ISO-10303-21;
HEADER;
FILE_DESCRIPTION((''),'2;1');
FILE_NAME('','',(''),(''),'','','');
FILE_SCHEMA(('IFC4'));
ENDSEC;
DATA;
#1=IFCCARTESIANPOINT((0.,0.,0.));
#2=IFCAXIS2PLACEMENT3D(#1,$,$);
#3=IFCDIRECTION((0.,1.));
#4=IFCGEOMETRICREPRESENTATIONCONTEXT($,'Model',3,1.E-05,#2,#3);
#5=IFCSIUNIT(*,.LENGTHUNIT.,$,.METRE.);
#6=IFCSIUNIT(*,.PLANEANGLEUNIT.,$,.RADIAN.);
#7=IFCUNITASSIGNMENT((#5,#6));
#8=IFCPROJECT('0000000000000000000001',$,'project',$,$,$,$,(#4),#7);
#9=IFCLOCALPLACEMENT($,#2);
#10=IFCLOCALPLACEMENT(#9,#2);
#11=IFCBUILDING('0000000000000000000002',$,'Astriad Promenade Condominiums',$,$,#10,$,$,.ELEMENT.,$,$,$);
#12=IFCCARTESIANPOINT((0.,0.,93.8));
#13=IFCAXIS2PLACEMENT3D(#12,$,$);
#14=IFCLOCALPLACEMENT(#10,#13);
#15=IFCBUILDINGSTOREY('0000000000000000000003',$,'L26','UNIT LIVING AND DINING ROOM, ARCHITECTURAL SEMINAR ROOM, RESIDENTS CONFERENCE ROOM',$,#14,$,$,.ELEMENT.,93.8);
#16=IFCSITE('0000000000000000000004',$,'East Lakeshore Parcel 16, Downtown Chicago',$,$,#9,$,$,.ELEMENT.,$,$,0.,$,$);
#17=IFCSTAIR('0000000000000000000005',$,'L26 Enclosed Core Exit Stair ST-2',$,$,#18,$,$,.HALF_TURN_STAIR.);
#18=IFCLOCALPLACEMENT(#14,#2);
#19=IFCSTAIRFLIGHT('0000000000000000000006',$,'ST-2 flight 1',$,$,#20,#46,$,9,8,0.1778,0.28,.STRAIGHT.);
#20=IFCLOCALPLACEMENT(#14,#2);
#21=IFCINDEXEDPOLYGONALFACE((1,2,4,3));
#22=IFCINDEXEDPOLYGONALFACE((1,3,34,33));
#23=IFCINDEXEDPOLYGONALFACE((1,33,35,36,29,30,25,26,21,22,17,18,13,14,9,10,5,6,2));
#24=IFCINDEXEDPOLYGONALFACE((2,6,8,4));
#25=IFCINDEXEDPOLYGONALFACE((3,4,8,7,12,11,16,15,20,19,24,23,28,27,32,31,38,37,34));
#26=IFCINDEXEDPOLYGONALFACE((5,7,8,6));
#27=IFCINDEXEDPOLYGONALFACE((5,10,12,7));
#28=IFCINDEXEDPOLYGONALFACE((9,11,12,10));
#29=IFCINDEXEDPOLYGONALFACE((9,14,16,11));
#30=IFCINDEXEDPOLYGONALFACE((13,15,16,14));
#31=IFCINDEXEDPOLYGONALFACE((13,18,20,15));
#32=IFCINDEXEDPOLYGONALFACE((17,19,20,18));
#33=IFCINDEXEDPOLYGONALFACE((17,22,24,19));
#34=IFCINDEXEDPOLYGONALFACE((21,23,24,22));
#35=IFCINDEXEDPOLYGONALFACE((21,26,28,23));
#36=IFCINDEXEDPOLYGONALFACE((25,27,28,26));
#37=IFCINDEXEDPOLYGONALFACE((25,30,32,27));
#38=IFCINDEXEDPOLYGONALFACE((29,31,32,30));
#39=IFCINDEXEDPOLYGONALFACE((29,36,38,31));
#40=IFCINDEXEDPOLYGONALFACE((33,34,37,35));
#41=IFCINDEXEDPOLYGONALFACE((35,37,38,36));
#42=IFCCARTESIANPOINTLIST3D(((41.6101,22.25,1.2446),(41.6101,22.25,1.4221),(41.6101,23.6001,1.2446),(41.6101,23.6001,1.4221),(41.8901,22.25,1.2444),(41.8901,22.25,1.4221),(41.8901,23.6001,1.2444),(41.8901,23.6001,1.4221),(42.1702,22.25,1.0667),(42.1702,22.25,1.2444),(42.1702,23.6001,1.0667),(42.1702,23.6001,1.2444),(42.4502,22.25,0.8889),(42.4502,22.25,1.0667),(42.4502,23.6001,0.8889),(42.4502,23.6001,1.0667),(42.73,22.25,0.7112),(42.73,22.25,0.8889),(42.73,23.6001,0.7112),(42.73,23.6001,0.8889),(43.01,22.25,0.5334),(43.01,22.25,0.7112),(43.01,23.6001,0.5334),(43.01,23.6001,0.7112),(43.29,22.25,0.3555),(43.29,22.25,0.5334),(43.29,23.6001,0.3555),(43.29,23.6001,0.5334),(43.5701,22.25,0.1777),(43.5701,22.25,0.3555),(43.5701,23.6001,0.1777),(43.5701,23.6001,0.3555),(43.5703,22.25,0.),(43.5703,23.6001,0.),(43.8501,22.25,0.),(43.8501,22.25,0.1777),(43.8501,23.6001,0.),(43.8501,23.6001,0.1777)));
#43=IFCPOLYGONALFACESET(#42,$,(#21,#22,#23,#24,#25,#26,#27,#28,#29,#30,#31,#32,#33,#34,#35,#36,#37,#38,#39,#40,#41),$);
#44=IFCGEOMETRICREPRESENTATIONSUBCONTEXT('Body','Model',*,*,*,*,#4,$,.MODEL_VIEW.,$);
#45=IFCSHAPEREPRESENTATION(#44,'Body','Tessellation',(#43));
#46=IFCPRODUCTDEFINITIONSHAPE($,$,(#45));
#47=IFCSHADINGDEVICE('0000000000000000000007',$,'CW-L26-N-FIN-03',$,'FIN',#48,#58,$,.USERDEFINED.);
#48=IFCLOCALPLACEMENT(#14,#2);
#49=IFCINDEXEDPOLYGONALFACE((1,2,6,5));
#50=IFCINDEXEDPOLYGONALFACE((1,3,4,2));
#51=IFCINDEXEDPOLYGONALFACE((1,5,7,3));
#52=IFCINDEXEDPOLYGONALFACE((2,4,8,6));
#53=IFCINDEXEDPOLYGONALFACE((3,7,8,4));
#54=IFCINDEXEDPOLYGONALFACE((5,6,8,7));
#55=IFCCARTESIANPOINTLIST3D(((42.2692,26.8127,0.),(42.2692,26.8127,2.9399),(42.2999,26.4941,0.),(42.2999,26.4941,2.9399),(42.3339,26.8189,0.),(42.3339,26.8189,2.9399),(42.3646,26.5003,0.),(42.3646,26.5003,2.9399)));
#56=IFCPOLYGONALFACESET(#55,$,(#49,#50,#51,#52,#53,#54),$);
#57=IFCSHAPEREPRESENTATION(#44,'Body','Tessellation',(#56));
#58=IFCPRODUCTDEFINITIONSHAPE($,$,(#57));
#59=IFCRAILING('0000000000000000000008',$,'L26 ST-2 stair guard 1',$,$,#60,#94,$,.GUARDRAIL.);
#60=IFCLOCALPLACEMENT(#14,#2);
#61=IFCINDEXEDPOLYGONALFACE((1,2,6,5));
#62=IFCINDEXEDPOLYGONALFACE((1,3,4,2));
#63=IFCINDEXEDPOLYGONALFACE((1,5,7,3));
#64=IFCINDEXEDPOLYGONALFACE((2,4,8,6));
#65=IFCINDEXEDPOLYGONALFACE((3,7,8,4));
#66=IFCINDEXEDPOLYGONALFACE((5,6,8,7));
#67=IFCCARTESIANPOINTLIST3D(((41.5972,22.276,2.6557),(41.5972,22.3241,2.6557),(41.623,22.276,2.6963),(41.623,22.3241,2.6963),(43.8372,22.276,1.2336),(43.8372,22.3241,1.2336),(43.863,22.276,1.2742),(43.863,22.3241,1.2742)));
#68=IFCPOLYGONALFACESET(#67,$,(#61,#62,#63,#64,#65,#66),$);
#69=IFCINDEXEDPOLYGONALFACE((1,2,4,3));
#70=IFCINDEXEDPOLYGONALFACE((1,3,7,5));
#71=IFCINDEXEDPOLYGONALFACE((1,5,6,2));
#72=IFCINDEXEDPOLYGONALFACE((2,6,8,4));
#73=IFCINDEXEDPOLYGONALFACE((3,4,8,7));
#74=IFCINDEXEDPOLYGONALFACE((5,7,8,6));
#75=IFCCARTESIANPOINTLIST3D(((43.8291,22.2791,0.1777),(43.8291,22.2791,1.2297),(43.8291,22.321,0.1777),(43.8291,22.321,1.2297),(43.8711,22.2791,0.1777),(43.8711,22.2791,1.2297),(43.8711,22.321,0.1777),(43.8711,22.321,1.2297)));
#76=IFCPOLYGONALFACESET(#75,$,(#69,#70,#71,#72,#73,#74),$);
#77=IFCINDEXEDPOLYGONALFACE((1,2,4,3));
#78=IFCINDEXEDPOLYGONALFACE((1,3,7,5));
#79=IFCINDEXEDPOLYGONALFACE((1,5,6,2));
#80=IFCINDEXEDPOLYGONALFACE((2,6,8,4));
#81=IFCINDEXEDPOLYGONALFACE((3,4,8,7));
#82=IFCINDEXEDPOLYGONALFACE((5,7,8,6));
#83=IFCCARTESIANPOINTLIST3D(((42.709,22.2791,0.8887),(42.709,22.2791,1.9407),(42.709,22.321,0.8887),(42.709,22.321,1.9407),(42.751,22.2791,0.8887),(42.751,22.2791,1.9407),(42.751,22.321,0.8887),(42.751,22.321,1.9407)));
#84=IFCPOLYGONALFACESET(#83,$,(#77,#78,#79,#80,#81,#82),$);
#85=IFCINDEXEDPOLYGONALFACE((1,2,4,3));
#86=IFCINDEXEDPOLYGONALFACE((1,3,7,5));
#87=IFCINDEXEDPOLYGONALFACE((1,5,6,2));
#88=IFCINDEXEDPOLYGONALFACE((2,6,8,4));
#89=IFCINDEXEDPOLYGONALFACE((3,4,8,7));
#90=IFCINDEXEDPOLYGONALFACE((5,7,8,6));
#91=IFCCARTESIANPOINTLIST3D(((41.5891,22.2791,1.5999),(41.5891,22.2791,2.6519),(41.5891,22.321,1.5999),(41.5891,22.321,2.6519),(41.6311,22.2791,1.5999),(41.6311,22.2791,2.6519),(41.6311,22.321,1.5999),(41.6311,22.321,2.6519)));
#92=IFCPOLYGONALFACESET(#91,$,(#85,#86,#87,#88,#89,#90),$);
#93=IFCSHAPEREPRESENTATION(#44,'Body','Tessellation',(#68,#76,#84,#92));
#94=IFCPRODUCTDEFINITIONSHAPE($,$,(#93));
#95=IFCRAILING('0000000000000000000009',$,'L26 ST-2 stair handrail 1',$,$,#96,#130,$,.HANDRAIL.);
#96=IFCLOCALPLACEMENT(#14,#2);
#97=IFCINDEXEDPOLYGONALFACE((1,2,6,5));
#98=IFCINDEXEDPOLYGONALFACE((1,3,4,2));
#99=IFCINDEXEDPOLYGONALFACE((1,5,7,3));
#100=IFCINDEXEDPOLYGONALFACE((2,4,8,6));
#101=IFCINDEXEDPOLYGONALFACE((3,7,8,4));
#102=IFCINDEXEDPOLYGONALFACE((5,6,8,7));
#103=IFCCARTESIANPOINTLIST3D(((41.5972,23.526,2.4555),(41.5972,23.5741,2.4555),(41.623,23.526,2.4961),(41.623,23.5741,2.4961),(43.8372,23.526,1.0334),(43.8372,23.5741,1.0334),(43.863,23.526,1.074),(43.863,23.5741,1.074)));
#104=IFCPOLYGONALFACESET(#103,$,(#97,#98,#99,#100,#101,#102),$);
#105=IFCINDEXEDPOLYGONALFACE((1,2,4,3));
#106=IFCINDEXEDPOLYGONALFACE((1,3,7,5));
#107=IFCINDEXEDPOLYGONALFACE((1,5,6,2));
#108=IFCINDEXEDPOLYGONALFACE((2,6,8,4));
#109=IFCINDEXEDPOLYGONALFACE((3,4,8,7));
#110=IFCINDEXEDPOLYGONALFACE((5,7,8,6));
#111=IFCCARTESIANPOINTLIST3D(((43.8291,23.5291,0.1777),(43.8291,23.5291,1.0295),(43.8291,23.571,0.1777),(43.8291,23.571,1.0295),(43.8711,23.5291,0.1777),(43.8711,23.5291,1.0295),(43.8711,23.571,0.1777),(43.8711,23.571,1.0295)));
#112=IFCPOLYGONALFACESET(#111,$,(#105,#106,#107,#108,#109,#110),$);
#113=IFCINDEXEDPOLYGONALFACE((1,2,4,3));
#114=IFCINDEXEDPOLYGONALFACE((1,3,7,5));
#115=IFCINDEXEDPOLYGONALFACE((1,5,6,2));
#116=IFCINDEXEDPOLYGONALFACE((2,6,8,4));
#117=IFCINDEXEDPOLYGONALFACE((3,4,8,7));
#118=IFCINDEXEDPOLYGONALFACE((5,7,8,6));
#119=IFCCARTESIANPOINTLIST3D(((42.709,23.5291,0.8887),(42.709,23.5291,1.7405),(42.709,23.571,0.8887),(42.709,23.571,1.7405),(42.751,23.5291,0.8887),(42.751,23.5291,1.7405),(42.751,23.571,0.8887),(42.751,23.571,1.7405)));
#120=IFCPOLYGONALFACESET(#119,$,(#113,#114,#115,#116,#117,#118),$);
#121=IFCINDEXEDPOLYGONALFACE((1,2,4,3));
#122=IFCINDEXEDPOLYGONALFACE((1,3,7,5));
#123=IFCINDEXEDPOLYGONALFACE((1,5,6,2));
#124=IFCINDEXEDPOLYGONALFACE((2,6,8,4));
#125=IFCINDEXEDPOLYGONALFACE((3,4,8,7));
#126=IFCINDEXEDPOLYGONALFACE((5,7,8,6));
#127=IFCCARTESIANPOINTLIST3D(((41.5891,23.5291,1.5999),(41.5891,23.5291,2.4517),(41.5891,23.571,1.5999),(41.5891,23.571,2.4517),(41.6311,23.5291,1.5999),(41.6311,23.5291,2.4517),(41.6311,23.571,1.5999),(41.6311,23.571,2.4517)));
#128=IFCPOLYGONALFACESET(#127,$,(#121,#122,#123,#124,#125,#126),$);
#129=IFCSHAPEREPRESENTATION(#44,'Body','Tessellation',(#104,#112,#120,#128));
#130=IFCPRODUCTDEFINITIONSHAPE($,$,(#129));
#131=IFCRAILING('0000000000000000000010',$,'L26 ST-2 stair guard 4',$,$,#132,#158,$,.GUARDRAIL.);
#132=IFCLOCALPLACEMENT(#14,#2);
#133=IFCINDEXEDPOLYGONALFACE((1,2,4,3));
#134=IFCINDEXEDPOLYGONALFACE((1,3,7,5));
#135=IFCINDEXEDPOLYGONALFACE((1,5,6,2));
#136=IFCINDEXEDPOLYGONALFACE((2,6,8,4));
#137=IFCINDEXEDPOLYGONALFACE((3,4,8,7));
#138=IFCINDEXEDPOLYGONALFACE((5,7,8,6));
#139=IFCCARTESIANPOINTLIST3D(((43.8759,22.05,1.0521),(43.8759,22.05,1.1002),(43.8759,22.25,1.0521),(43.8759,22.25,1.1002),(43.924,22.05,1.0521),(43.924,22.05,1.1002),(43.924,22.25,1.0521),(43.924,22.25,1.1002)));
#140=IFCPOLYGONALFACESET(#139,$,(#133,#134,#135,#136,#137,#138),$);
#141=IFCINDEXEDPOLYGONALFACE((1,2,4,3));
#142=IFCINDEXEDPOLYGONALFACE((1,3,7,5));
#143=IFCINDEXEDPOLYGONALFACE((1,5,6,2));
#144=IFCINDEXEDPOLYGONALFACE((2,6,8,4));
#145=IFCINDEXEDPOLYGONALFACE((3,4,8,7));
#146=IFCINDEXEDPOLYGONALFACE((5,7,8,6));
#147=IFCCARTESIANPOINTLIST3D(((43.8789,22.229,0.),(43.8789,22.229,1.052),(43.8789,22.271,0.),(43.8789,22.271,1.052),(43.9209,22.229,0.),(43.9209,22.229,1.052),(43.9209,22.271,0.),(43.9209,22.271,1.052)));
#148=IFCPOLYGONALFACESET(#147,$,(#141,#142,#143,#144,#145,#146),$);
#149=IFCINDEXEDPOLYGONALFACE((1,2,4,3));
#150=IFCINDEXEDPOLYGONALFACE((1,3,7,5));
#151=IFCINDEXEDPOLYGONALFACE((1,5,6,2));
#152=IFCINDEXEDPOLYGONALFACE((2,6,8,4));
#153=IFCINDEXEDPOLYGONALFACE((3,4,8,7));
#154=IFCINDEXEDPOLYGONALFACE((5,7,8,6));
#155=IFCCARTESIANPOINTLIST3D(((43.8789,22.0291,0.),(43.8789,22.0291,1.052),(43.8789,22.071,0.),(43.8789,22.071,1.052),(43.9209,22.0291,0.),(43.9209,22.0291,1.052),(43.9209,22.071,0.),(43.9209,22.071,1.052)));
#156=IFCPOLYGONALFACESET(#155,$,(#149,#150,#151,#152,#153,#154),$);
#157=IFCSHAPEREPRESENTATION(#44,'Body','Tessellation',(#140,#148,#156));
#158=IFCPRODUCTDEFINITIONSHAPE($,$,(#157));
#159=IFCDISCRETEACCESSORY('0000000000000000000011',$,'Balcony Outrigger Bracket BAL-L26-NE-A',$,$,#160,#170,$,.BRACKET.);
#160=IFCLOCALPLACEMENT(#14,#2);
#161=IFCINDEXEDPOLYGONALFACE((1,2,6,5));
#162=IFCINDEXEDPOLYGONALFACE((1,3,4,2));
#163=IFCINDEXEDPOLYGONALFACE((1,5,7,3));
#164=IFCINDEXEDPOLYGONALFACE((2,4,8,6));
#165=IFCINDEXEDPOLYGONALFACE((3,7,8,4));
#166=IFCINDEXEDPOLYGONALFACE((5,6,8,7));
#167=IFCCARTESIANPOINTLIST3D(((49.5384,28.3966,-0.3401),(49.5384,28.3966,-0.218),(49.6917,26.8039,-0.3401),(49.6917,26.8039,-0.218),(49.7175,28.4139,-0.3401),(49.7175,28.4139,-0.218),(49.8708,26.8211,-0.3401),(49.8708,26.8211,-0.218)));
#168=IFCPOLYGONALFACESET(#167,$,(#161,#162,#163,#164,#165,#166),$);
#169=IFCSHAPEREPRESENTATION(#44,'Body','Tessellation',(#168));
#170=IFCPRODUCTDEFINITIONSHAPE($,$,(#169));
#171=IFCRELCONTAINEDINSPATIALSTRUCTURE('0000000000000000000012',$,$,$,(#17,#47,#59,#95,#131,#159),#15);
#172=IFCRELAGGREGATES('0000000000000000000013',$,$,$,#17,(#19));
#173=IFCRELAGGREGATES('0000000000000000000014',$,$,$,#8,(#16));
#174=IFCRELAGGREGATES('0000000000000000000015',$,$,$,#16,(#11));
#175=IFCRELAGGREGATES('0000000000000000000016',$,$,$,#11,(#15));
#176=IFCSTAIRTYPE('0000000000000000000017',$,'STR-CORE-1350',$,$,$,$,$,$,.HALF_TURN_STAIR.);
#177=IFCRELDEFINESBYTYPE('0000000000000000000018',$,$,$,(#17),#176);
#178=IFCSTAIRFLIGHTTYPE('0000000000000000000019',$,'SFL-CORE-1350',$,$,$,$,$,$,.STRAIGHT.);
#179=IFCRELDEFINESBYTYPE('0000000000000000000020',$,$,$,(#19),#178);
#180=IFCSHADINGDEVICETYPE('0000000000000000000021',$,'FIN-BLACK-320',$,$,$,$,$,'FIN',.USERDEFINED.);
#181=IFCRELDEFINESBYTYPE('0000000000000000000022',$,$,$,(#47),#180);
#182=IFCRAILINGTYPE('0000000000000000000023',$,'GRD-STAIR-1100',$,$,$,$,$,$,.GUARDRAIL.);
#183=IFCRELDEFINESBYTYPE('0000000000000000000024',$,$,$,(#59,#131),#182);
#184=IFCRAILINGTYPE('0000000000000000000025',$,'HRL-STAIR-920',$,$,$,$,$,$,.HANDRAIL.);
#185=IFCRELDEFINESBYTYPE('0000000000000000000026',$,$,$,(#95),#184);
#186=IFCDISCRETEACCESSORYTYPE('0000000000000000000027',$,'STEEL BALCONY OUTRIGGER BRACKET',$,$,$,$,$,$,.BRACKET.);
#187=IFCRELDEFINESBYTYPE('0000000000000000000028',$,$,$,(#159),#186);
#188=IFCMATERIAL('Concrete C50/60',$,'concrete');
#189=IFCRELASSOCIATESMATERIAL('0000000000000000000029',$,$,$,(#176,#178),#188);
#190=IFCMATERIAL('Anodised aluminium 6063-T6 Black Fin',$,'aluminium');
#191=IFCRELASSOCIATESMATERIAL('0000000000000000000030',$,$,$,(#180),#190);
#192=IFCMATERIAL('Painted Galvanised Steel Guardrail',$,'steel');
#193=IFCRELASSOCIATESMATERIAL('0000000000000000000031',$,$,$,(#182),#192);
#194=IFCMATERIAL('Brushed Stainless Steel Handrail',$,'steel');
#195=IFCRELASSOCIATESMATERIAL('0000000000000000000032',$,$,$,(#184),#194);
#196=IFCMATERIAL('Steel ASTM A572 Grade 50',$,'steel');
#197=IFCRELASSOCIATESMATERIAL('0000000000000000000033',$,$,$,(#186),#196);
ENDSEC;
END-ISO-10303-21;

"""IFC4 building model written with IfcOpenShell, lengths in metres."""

from ifc_helpers import new_model, si_unit, direction, frame, origin, origin_2d, place, context, subcontext, project, spatial, polyline, rectangle, outline, extrude, source, transform, mapped, material, type_object, type_shapes, element, aggregate, save


model = new_model("IFC4")

# Units and contexts
model_context = context("Model", 3, precision=1e-05, world=origin(), true_north=direction((0.0, 1.0)))
body_context = subcontext(model_context, "Body", "Model", "MODEL_VIEW")
ifc_project = project(units=[si_unit("LENGTHUNIT", "METRE"), si_unit("PLANEANGLEUNIT", "RADIAN")], contexts=[model_context])

# Site, building, storey
site_placement = place(None, origin())
site = spatial("IfcSite", under=ifc_project, at=site_placement, Name="East Lakeshore Parcel 16, Downtown Chicago", CompositionType="ELEMENT", RefElevation=0.0)
building_placement = place(site_placement, origin())
building = spatial("IfcBuilding", under=site, at=building_placement, Name="Astriad Promenade Condominiums", CompositionType="ELEMENT")
storey_placement = place(building_placement, frame((0.0, 0.0, 93.8)))
storey = spatial("IfcBuildingStorey", under=building, at=storey_placement, Name="L26", Description="UNIT LIVING AND DINING ROOM, ARCHITECTURAL SEMINAR ROOM, RESIDENTS CONFERENCE ROOM", CompositionType="ELEMENT", Elevation=93.8)

# Stair, stair flight
ifc_material_1 = material(Name="Concrete C50/60", Category="concrete")
stair_type = type_object("IfcStairType", Name="STR-CORE-1350", PredefinedType="HALF_TURN_STAIR", material=ifc_material_1)
stair_placement = place(storey_placement, origin())
stair = element("IfcStair", 1, at=stair_placement, inside=storey, type_object=stair_type, Name="L26 Enclosed Core Exit Stair ST-2", PredefinedType="HALF_TURN_STAIR")
stair_flight_type = type_object("IfcStairFlightType", Name="SFL-CORE-1350", PredefinedType="STRAIGHT", material=ifc_material_1)
shared_shape_1 = source(origin(), body_context, "Body", "SweptSolid", [
    extrude(outline(polyline([(0.0, 0.0), (0.0, 0.1777), (0.28, 0.1777), (0.28, 0.3555), (0.5601, 0.3555), (0.5601, 0.5334), (0.8401, 0.5334), (0.8401, 0.7112), (1.1201, 0.7112), (1.1201, 0.8889), (1.3999, 0.8889), (1.3999, 1.0667), (1.6799, 1.0667), (1.6799, 1.2444), (1.96, 1.2444), (1.96, 1.4221), (2.24, 1.4221), (2.24, 1.6001), (2.24, 1.2446), (0.2798, 0.0), (0.0, 0.0)])), frame((0.0, 0.675, 0.0), z_axis=(0.0, -1.0, 0.0), x_axis=(1.0, 0.0, 0.0)), (0.0, 0.0, 1.0), 1.3501),
])
type_shapes(stair_flight_type, [shared_shape_1])
stair_flight_placement = place(storey_placement, frame((43.8501, 22.925, 0.0), z_axis=(0.0, 0.0, 1.0), x_axis=(-1.0, 0.0, 0.0)))
stair_flight = element("IfcStairFlight", 2, at=stair_flight_placement, type_object=stair_flight_type, Name="ST-2 flight 1", NumberOfRisers=9, NumberOfTreads=8, PredefinedType="STRAIGHT", RiserHeight=0.1778, TreadLength=0.28, context=body_context, shape_type="MappedRepresentation", body=[
    mapped(shared_shape_1, transform((0.0, 0.0, 0.0), scale=1.0)),
])
aggregate(stair, [stair_flight])

# Shading device
ifc_material_2 = material(Name="Anodised aluminium 6063-T6 Black Fin", Category="aluminium")
shading_device_type = type_object("IfcShadingDeviceType", Name="FIN-BLACK-320", ElementType="FIN", PredefinedType="USERDEFINED", material=ifc_material_2)
shared_shape_2 = source(origin(), body_context, "Body", "SweptSolid", [
    extrude(rectangle(XDim=0.0649, YDim=0.3201, at=origin_2d()), origin(), (0.0, 0.0, 1.0), 2.9399),
])
type_shapes(shading_device_type, [shared_shape_2])
shading_device_placement = place(storey_placement, frame((42.3169, 26.6565, 0.0), z_axis=(0.0, 0.0, 1.0), x_axis=(0.995396, 0.095846, 0.0)))
element("IfcShadingDevice", 3, at=shading_device_placement, inside=storey, type_object=shading_device_type, Name="CW-L26-N-FIN-03", ObjectType="FIN", PredefinedType="USERDEFINED", context=body_context, shape_type="MappedRepresentation", body=[
    mapped(shared_shape_2, transform((0.0, 0.0, 0.0), scale=1.0)),
])

# Railings
ifc_material_3 = material(Name="Painted Galvanised Steel Guardrail", Category="steel")
railing_type_1 = type_object("IfcRailingType", Name="GRD-STAIR-1100", PredefinedType="GUARDRAIL", material=ifc_material_3)
shared_shape_3 = source(origin(), body_context, "Body", "SweptSolid", [
    extrude(rectangle(XDim=0.0481, YDim=0.0481, at=origin_2d()), frame((0.0, 0.0, 1.0762), z_axis=(-0.844229, 0.0, 0.535982), x_axis=(0.0, -1.0, 0.0)), (0.0, 0.0, 1.0), 2.6533),
    extrude(rectangle(XDim=0.042, YDim=0.042, at=origin_2d()), origin(), (0.0, 0.0, 1.0), 1.052),
    extrude(rectangle(XDim=0.042, YDim=0.042, at=origin_2d()), frame((-1.1201, 0.0, 0.7109)), (0.0, 0.0, 1.0), 1.052),
    extrude(rectangle(XDim=0.042, YDim=0.042, at=origin_2d()), frame((-2.24, 0.0, 1.4221)), (0.0, 0.0, 1.0), 1.052),
])
railing_1_placement = place(storey_placement, frame((43.8501, 22.3, 0.1777)))
element("IfcRailing", 4, at=railing_1_placement, inside=storey, type_object=railing_type_1, Name="L26 ST-2 stair guard 1", PredefinedType="GUARDRAIL", context=body_context, shape_type="MappedRepresentation", body=[
    mapped(shared_shape_3, transform((0.0, 0.0, 0.0), scale=1.0)),
])
ifc_material_4 = material(Name="Brushed Stainless Steel Handrail", Category="steel")
railing_type_2 = type_object("IfcRailingType", Name="HRL-STAIR-920", PredefinedType="HANDRAIL", material=ifc_material_4)
shared_shape_4 = source(origin(), body_context, "Body", "SweptSolid", [
    extrude(rectangle(XDim=0.0481, YDim=0.0481, at=origin_2d()), frame((0.0, 0.0, 0.876), z_axis=(-0.844229, 0.0, 0.535982), x_axis=(0.0, -1.0, 0.0)), (0.0, 0.0, 1.0), 2.6533),
    extrude(rectangle(XDim=0.042, YDim=0.042, at=origin_2d()), origin(), (0.0, 0.0, 1.0), 0.8518),
    extrude(rectangle(XDim=0.042, YDim=0.042, at=origin_2d()), frame((-1.1201, 0.0, 0.7109)), (0.0, 0.0, 1.0), 0.8518),
    extrude(rectangle(XDim=0.042, YDim=0.042, at=origin_2d()), frame((-2.24, 0.0, 1.4221)), (0.0, 0.0, 1.0), 0.8518),
])
type_shapes(railing_type_2, [shared_shape_4])
railing_2_placement = place(storey_placement, frame((43.8501, 23.55, 0.1777)))
element("IfcRailing", 5, at=railing_2_placement, inside=storey, type_object=railing_type_2, Name="L26 ST-2 stair handrail 1", PredefinedType="HANDRAIL", context=body_context, shape_type="MappedRepresentation", body=[
    mapped(shared_shape_4, transform((0.0, 0.0, 0.0), scale=1.0)),
])
shared_shape_5 = source(origin(), body_context, "Body", "SweptSolid", [
    extrude(rectangle(XDim=0.0481, YDim=0.0481, at=origin_2d()), frame((0.0, 0.0, 1.0762), z_axis=(0.0, -1.0, 0.0), x_axis=(1.0, 0.0, 0.0)), (0.0, 0.0, 1.0), 0.2),
    extrude(rectangle(XDim=0.042, YDim=0.042, at=origin_2d()), origin(), (0.0, 0.0, 1.0), 1.052),
    extrude(rectangle(XDim=0.042, YDim=0.042, at=origin_2d()), frame((0.0, -0.2, 0.0)), (0.0, 0.0, 1.0), 1.052),
])
type_shapes(railing_type_1, [shared_shape_3, shared_shape_5])
railing_3_placement = place(storey_placement, frame((43.8999, 22.25, 0.0)))
element("IfcRailing", 6, at=railing_3_placement, inside=storey, type_object=railing_type_1, Name="L26 ST-2 stair guard 4", PredefinedType="GUARDRAIL", context=body_context, shape_type="MappedRepresentation", body=[
    mapped(shared_shape_5, transform((0.0, 0.0, 0.0), scale=1.0)),
])

# Discrete accessory
ifc_material_5 = material(Name="Steel ASTM A572 Grade 50", Category="steel")
discrete_accessory_type = type_object("IfcDiscreteAccessoryType", Name="STEEL BALCONY OUTRIGGER BRACKET", PredefinedType="BRACKET", material=ifc_material_5)
shared_shape_6 = source(origin(), body_context, "Body", "SweptSolid", [
    extrude(rectangle(XDim=1.6001, YDim=0.1799, at=origin_2d()), origin(), (0.0, 0.0, 1.0), 0.1221),
])
type_shapes(discrete_accessory_type, [shared_shape_6])
discrete_accessory_placement = place(storey_placement, frame((49.7046, 27.6089, -0.3401), z_axis=(0.0, 0.0, 1.0), x_axis=(-0.095846, 0.995396, 0.0)))
element("IfcDiscreteAccessory", 7, at=discrete_accessory_placement, inside=storey, type_object=discrete_accessory_type, Name="Balcony Outrigger Bracket BAL-L26-NE-A", PredefinedType="BRACKET", context=body_context, shape_type="MappedRepresentation", body=[
    mapped(shared_shape_6, transform((0.0, 0.0, 0.0), scale=1.0)),
])

save(model, "model.ifc")
